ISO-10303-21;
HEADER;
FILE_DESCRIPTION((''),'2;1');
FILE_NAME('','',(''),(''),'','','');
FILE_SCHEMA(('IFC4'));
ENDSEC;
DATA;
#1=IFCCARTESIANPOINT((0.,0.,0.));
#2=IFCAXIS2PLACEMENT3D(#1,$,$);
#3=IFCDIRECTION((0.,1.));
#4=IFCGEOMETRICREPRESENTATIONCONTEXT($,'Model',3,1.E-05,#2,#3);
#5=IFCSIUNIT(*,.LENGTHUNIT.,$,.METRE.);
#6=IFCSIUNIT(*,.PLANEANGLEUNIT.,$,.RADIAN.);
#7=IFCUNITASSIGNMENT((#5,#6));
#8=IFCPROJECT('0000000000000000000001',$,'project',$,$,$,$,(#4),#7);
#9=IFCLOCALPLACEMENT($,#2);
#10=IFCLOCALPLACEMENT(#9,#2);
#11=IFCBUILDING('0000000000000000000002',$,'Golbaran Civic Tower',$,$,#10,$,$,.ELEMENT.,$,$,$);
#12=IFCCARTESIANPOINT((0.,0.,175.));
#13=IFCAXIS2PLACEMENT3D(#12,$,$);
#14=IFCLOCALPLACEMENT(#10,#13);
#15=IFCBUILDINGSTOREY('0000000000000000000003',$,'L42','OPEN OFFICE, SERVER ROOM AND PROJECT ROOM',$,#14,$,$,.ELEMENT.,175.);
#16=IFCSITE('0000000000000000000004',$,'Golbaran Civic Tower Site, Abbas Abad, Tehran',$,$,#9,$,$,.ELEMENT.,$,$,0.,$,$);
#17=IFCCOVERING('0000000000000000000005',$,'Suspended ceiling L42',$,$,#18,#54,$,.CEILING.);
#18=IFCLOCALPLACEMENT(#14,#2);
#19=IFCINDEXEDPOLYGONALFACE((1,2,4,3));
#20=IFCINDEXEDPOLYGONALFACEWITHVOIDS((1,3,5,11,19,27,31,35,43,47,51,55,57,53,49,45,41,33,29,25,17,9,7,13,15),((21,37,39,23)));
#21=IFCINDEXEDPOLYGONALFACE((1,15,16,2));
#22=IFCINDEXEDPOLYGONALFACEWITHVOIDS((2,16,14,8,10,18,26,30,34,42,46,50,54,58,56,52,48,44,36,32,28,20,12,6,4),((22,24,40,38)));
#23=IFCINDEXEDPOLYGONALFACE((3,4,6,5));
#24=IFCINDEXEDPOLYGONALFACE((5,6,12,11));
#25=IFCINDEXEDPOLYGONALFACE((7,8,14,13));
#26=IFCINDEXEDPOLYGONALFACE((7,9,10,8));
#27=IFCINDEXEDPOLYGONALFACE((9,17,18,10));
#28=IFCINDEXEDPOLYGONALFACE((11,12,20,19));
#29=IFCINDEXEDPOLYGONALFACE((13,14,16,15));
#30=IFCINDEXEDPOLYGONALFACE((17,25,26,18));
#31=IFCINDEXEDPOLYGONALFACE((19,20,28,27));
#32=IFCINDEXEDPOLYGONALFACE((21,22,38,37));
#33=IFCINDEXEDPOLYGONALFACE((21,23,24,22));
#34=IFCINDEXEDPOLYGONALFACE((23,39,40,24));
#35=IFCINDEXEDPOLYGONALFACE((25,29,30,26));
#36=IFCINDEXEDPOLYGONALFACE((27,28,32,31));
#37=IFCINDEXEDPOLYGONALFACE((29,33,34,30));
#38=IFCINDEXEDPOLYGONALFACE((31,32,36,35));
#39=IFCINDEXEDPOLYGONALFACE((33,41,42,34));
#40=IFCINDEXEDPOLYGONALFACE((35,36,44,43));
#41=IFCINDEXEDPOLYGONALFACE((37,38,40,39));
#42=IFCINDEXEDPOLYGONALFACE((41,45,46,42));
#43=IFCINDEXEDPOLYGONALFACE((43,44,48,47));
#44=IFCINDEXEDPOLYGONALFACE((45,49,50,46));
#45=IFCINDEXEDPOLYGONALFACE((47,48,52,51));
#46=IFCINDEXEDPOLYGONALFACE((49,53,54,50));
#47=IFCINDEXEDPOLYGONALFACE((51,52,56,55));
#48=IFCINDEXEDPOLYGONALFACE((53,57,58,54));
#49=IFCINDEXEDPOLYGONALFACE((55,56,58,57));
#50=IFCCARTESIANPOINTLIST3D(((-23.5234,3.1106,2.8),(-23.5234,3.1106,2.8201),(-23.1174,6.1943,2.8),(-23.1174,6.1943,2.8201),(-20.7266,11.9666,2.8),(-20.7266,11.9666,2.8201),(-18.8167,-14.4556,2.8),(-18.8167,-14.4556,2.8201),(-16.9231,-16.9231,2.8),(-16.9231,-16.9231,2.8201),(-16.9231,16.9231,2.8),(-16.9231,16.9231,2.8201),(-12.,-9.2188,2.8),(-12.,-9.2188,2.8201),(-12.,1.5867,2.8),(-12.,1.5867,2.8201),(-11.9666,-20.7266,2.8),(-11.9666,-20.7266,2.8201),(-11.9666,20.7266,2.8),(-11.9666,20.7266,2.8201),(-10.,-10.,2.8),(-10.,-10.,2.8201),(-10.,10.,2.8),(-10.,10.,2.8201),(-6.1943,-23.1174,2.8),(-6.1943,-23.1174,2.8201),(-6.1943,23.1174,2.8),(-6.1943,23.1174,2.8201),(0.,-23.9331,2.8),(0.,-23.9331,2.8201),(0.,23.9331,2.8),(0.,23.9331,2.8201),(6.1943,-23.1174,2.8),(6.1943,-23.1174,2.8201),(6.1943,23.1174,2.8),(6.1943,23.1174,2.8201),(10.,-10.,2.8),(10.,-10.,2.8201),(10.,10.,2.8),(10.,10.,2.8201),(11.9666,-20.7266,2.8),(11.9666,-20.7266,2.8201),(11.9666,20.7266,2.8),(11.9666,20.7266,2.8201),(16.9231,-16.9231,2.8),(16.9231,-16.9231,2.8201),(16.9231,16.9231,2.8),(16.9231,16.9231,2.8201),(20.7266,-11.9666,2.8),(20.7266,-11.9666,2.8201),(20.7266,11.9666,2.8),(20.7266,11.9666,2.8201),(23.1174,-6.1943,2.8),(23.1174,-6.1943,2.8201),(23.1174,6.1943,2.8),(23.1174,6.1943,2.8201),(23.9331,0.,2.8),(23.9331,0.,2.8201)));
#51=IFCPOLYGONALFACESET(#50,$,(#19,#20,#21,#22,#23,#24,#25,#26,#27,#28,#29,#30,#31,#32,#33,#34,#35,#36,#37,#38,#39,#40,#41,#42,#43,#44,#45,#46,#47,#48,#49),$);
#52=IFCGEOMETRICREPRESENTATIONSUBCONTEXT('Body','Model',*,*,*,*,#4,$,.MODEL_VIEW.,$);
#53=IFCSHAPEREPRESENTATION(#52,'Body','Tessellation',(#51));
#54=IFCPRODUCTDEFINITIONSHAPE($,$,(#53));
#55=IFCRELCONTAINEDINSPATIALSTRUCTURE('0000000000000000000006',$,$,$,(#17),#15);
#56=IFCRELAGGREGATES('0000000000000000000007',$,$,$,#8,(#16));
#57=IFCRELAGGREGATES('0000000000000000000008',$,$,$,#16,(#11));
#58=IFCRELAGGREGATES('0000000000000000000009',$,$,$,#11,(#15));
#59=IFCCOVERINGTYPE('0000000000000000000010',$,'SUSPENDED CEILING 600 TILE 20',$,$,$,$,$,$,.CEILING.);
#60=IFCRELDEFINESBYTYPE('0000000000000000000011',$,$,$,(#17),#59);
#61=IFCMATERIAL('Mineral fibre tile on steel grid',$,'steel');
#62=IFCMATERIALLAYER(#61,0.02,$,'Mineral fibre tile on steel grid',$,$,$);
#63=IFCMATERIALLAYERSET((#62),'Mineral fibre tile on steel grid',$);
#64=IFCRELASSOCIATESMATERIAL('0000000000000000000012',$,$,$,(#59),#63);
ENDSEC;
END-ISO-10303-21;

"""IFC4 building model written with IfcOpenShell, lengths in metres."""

from ifc_helpers import new_model, si_unit, direction, frame, origin, place, context, subcontext, project, spatial, polyline, outline, extrude, material, layer, layer_set, type_object, element, save


model = new_model("IFC4")

# Units and contexts
model_context = context("Model", 3, precision=1e-05, world=origin(), true_north=direction((0.0, 1.0)))
body_context = subcontext(model_context, "Body", "Model", "MODEL_VIEW")
ifc_project = project(units=[si_unit("LENGTHUNIT", "METRE"), si_unit("PLANEANGLEUNIT", "RADIAN")], contexts=[model_context])

# Site, building, storey
site_placement = place(None, origin())
site = spatial("IfcSite", under=ifc_project, at=site_placement, Name="Golbaran Civic Tower Site, Abbas Abad, Tehran", CompositionType="ELEMENT", RefElevation=0.0)
building_placement = place(site_placement, origin())
building = spatial("IfcBuilding", under=site, at=building_placement, Name="Golbaran Civic Tower", CompositionType="ELEMENT")
storey_placement = place(building_placement, frame((0.0, 0.0, 175.0)))
storey = spatial("IfcBuildingStorey", under=building, at=storey_placement, Name="L42", Description="OPEN OFFICE, SERVER ROOM AND PROJECT ROOM", CompositionType="ELEMENT", Elevation=175.0)

# Covering
ifc_material_1 = material(Name="Mineral fibre tile on steel grid", Category="steel")
ifc_layer_1 = layer(ifc_material_1, 0.02, Name="Mineral fibre tile on steel grid")
ifc_layer_set_1 = layer_set([ifc_layer_1], Name="Mineral fibre tile on steel grid")
covering_type = type_object("IfcCoveringType", Name="SUSPENDED CEILING 600 TILE 20", PredefinedType="CEILING", material=ifc_layer_set_1)
covering_placement = place(storey_placement, frame((0.0, 0.0, 2.8)))
element("IfcCovering", 1, at=covering_placement, inside=storey, type_object=covering_type, Name="Suspended ceiling L42", PredefinedType="CEILING", context=body_context, shape_type="SweptSolid", body=[
    extrude(outline(polyline([(-16.9231, 16.9231), (-11.9666, 20.7266), (-6.1943, 23.1174), (0.0, 23.9331), (6.1943, 23.1174), (11.9666, 20.7266), (16.9231, 16.9231), (20.7266, 11.9666), (23.1174, 6.1943), (23.9331, 0.0), (23.1174, -6.1943), (20.7266, -11.9666), (16.9231, -16.9231), (11.9666, -20.7266), (6.1943, -23.1174), (0.0, -23.9331), (-6.1943, -23.1174), (-11.9666, -20.7266), (-16.9231, -16.9231), (-18.8167, -14.4556), (-12.0, -9.2188), (-12.0, 1.5867), (-23.5234, 3.1106), (-23.1174, 6.1943), (-20.7266, 11.9666), (-16.9231, 16.9231)]), holes=[polyline([(10.0, 10.0), (-10.0, 10.0), (-10.0, -10.0), (10.0, -10.0), (10.0, 10.0)])]), origin(), (0.0, 0.0, 1.0), 0.02),
])

save(model, "model.ifc")
